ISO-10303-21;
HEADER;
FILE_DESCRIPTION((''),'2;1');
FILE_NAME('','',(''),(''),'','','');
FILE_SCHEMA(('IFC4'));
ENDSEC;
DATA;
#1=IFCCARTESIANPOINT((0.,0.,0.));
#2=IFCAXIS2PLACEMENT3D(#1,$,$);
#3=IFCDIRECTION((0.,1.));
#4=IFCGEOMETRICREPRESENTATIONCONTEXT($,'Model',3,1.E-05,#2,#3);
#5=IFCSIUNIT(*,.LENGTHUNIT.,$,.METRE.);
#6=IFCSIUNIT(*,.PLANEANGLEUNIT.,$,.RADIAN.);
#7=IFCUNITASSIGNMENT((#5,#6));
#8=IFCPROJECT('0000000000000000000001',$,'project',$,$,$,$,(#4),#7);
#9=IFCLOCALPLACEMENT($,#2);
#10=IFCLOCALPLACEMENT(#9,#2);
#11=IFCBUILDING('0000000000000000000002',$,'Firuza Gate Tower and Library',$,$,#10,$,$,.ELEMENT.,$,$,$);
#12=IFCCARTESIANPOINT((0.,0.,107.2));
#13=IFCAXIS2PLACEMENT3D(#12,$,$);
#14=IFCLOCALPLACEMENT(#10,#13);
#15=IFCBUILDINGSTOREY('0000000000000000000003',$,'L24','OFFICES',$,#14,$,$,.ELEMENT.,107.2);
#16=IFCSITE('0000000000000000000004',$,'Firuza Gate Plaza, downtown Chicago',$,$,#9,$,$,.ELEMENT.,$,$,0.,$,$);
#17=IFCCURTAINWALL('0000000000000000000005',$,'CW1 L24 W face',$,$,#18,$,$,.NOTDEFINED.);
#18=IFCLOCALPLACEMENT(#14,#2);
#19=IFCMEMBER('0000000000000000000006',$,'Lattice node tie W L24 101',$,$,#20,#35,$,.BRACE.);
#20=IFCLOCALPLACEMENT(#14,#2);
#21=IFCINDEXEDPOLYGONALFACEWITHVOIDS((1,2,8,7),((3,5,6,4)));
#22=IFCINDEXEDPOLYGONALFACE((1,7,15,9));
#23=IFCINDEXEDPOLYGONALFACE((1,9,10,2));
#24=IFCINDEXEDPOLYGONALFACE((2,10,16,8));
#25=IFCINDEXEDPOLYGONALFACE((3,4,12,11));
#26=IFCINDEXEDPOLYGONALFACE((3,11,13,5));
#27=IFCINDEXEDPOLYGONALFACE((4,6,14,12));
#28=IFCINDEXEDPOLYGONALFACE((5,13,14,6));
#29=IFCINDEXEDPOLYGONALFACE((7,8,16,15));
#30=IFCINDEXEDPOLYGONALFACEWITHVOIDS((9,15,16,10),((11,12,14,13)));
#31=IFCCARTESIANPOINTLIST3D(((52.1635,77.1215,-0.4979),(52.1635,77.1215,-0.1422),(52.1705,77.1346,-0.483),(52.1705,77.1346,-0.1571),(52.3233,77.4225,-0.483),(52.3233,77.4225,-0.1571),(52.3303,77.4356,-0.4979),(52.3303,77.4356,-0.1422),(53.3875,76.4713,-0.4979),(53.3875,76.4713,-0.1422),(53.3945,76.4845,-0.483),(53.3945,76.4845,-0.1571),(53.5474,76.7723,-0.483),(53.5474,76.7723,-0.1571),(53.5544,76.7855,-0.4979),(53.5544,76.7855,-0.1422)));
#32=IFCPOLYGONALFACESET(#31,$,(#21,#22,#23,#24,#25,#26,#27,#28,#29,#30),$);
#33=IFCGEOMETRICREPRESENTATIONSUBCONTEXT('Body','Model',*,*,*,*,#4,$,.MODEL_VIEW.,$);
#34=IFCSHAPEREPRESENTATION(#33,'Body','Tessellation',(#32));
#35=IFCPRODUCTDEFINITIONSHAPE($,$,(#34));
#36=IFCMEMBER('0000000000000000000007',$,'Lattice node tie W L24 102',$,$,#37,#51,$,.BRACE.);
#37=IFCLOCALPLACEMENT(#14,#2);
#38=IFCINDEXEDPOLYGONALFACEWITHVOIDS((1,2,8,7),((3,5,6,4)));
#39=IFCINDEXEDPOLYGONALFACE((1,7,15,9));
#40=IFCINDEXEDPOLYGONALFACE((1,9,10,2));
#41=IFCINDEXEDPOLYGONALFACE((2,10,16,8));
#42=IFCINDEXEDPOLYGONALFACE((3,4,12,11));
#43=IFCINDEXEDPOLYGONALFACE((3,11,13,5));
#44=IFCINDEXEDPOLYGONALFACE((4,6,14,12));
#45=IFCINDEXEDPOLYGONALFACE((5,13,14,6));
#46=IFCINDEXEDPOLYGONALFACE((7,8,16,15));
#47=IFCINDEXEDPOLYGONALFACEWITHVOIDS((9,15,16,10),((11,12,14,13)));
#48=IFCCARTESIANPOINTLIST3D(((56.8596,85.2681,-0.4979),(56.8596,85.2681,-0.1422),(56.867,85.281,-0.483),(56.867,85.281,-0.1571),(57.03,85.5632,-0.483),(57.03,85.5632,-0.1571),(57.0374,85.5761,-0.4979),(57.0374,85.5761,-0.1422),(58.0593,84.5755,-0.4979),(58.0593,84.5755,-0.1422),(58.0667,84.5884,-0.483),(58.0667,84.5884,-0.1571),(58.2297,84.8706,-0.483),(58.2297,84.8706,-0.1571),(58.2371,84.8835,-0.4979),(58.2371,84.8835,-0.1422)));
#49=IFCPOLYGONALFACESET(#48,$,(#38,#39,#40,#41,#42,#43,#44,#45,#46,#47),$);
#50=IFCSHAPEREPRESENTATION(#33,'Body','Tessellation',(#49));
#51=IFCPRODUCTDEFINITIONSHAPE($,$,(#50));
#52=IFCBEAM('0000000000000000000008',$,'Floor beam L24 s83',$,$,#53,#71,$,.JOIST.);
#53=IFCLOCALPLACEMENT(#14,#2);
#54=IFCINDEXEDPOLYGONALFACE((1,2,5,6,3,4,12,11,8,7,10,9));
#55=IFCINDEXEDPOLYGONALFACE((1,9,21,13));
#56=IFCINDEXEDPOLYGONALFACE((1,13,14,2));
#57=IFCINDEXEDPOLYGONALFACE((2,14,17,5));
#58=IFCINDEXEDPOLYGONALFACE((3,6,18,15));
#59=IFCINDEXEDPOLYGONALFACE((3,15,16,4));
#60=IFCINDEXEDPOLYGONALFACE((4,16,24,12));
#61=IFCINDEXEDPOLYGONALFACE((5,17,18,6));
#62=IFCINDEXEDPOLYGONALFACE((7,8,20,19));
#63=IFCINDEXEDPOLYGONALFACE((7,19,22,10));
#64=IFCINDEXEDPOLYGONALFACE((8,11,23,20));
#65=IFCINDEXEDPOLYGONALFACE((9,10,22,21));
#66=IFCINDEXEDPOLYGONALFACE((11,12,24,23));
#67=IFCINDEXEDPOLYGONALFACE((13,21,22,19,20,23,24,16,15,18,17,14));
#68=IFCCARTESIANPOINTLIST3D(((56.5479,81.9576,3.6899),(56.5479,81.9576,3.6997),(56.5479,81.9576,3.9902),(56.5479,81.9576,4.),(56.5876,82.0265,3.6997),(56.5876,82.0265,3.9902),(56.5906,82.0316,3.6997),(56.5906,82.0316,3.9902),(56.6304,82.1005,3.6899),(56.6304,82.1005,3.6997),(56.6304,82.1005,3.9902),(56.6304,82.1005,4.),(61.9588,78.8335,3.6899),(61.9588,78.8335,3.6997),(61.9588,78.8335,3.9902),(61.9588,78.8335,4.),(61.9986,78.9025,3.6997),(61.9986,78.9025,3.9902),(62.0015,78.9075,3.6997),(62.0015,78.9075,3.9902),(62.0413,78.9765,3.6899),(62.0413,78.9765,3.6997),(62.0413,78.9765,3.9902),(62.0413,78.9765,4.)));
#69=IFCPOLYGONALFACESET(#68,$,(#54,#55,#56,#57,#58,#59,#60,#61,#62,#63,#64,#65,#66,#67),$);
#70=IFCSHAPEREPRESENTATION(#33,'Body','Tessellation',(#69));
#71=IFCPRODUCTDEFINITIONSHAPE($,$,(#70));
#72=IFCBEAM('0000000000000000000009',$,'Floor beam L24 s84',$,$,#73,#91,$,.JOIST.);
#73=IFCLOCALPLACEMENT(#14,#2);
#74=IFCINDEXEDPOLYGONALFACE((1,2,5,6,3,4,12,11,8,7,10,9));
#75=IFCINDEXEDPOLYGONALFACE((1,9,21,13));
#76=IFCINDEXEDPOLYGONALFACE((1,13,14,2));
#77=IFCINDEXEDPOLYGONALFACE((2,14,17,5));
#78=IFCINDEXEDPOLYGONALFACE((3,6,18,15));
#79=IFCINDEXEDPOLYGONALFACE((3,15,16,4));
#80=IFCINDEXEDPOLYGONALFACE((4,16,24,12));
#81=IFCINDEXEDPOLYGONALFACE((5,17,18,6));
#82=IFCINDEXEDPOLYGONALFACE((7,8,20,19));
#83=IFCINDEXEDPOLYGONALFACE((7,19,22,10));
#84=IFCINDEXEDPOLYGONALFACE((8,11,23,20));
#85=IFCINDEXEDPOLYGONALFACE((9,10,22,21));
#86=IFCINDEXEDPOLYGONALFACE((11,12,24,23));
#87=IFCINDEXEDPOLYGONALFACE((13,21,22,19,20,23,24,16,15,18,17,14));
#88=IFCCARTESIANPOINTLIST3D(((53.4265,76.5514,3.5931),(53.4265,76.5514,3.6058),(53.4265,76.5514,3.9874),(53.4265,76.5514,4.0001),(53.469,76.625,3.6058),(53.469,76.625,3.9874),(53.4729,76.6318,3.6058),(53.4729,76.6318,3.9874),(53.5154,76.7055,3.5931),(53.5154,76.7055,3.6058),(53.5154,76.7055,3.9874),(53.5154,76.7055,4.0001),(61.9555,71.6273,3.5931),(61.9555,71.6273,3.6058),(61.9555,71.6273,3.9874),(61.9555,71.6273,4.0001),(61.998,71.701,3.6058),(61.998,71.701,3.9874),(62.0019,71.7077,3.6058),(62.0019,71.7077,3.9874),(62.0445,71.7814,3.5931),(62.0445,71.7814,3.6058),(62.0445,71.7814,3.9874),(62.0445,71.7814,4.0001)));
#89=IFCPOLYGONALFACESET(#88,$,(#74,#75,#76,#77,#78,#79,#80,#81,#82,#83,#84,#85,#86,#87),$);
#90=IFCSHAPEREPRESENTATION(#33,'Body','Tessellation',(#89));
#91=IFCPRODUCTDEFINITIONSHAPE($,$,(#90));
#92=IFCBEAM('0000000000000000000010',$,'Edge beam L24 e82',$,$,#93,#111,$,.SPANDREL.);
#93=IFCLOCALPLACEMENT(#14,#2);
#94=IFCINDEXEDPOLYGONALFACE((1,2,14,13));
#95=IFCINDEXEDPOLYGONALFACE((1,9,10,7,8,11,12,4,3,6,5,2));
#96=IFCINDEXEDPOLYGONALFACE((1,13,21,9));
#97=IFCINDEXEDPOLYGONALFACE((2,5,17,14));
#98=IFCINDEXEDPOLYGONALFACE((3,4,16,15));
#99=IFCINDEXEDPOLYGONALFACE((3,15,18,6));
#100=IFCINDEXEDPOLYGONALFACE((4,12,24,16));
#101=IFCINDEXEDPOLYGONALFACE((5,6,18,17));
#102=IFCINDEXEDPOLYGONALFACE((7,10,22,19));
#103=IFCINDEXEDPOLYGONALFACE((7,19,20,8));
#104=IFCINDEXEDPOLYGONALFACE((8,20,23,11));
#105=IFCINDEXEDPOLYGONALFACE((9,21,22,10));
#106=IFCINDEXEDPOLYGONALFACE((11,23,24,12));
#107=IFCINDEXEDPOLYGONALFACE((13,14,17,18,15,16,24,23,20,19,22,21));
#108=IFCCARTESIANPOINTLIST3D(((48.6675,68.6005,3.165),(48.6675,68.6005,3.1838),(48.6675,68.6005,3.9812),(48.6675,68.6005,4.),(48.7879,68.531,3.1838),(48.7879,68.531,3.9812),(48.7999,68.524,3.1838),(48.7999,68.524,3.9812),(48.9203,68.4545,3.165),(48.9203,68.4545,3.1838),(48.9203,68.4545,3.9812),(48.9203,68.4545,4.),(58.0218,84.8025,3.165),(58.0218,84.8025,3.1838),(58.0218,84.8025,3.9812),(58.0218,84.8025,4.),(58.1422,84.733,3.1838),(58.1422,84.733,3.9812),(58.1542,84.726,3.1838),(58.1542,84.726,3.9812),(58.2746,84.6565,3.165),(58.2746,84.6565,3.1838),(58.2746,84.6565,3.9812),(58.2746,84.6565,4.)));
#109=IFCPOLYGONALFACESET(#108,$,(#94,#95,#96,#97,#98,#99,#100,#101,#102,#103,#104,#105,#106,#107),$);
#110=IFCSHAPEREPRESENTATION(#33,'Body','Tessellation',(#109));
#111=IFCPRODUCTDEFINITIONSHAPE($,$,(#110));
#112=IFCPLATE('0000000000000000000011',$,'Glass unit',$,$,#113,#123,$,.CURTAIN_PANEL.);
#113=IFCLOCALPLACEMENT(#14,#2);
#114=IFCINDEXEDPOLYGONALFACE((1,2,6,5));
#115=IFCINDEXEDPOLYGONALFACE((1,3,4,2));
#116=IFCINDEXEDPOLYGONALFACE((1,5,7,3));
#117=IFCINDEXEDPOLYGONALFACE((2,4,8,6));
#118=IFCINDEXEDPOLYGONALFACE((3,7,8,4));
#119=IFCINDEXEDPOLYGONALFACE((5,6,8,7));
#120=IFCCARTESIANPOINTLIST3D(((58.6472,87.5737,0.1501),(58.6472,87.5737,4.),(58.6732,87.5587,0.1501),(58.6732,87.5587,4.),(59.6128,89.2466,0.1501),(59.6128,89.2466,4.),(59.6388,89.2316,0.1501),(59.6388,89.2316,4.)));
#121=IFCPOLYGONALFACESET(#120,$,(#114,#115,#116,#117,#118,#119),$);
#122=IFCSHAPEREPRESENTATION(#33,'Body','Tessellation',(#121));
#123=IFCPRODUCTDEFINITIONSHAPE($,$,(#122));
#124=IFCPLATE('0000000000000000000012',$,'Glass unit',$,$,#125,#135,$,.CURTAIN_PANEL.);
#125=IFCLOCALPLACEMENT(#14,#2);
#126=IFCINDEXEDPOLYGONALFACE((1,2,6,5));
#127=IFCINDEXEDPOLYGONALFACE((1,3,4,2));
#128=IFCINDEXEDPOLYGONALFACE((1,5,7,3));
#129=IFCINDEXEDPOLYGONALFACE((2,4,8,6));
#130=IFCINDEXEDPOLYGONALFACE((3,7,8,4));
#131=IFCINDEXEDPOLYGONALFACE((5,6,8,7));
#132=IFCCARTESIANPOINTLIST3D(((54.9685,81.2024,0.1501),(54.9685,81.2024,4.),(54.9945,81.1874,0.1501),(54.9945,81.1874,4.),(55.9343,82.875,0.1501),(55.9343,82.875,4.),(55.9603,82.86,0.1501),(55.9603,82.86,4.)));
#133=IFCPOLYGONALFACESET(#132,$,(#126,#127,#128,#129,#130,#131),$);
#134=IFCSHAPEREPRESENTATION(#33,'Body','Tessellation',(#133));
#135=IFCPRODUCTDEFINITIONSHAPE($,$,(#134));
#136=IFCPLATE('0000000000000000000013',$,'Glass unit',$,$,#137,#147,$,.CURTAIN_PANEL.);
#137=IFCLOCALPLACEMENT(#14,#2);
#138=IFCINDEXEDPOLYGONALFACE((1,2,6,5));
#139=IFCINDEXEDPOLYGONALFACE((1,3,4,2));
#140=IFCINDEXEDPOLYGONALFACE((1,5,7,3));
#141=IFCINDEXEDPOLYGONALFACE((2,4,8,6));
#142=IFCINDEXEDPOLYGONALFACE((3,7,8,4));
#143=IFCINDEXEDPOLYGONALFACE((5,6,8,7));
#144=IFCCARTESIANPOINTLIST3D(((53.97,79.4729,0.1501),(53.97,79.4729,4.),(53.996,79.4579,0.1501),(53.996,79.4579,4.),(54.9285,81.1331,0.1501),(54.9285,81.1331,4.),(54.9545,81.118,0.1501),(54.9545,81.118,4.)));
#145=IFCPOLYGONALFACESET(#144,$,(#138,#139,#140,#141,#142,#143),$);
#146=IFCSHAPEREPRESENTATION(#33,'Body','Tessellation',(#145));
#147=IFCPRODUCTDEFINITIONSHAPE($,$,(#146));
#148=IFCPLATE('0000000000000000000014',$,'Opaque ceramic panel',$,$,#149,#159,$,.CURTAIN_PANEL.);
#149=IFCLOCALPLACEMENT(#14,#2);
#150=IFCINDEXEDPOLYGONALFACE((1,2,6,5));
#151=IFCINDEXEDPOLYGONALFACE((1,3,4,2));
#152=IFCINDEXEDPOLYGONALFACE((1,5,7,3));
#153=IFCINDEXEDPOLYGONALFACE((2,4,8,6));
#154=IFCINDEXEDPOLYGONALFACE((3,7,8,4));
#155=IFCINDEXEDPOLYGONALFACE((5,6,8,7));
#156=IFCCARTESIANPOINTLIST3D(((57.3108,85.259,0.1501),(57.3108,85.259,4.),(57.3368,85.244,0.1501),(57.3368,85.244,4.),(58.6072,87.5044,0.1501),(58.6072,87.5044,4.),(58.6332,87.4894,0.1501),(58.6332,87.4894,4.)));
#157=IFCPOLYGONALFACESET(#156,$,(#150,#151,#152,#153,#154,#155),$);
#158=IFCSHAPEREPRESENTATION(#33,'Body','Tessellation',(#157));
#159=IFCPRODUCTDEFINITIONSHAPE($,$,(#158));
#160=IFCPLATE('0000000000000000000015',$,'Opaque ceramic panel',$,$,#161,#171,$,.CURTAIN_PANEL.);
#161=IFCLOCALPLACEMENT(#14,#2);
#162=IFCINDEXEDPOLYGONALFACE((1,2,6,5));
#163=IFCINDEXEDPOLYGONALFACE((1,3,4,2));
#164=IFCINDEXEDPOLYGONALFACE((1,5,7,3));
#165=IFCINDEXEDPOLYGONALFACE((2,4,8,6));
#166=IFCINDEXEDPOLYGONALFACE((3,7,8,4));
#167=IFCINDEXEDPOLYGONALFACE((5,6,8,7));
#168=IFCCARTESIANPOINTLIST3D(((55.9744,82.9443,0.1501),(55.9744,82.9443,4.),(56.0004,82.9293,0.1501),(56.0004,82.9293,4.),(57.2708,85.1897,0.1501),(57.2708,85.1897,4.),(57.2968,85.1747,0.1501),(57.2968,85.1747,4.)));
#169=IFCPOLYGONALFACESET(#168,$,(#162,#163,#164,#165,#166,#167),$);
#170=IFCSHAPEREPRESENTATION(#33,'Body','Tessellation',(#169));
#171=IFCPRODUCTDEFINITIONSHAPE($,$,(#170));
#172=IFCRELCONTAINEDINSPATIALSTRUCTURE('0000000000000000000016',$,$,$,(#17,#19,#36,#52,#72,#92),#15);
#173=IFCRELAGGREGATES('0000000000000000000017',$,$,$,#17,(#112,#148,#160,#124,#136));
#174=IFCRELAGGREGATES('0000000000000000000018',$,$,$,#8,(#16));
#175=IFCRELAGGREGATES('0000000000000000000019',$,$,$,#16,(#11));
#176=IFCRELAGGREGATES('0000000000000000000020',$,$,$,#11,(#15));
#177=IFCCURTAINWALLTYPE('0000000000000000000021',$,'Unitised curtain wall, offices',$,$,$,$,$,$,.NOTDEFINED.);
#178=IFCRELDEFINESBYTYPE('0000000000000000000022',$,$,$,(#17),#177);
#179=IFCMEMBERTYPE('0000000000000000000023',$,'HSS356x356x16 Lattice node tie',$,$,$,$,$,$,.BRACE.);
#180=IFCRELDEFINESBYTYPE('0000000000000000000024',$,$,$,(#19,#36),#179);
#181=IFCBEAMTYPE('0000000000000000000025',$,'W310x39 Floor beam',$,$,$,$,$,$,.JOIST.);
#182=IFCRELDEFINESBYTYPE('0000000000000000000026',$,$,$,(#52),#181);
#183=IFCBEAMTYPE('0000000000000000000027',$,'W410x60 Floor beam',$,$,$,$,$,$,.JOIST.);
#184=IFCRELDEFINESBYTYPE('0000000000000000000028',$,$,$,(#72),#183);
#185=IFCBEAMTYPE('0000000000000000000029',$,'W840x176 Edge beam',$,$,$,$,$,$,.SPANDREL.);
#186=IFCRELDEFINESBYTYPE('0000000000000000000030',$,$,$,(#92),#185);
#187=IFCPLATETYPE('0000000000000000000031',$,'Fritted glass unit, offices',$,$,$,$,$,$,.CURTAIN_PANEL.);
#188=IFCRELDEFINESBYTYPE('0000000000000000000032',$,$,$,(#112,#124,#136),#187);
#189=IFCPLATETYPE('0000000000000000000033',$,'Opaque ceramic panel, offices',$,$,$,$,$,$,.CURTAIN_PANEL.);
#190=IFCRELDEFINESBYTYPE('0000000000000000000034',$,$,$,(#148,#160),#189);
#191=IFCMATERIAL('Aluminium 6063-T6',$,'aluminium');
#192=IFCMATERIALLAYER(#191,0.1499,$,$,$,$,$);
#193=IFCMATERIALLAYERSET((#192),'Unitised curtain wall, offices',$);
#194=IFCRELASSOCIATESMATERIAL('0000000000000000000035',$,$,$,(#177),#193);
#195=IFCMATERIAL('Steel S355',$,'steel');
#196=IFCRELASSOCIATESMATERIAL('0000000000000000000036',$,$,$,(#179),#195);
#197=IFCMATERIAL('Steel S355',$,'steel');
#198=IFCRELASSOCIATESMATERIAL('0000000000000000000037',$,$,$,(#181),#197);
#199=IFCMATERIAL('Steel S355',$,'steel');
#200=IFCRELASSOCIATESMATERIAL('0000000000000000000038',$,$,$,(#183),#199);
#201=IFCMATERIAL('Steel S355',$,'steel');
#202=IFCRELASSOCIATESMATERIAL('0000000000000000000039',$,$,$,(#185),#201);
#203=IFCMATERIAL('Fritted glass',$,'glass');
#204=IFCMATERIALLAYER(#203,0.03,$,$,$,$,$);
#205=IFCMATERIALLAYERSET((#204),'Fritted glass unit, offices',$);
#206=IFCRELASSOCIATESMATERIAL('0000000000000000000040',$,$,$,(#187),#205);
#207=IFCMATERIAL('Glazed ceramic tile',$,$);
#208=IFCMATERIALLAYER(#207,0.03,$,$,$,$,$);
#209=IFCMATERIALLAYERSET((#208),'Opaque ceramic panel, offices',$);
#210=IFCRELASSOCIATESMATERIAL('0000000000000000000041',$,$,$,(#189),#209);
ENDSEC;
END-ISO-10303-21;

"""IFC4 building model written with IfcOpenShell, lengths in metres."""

from ifc_helpers import new_model, si_unit, direction, frame, origin, origin_2d, place, context, subcontext, project, spatial, polyline, hollow_rectangle, i_section, outline, extrude, material, layer, layer_set, material_profile, profile_set, type_object, element, aggregate, save


model = new_model("IFC4")

# Units and contexts
model_context = context("Model", 3, precision=1e-05, world=origin(), true_north=direction((0.0, 1.0)))
body_context = subcontext(model_context, "Body", "Model", "MODEL_VIEW")
ifc_project = project(units=[si_unit("LENGTHUNIT", "METRE"), si_unit("PLANEANGLEUNIT", "RADIAN")], contexts=[model_context])

# Site, building, storey
site_placement = place(None, origin())
site = spatial("IfcSite", under=ifc_project, at=site_placement, Name="Firuza Gate Plaza, downtown Chicago", CompositionType="ELEMENT", RefElevation=0.0)
building_placement = place(site_placement, origin())
building = spatial("IfcBuilding", under=site, at=building_placement, Name="Firuza Gate Tower and Library", CompositionType="ELEMENT")
storey_placement = place(building_placement, frame((0.0, 0.0, 107.2)))
storey = spatial("IfcBuildingStorey", under=building, at=storey_placement, Name="L24", Description="OFFICES", CompositionType="ELEMENT", Elevation=107.2)

# Curtain wall
ifc_material_1 = material(Name="Aluminium 6063-T6", Category="aluminium")
ifc_layer_1 = layer(ifc_material_1, 0.1499)
ifc_layer_set_1 = layer_set([ifc_layer_1], Name="Unitised curtain wall, offices")
curtain_wall_type = type_object("IfcCurtainWallType", Name="Unitised curtain wall, offices", PredefinedType="NOTDEFINED", material=ifc_layer_set_1)
curtain_wall_placement = place(storey_placement, origin())
curtain_wall = element("IfcCurtainWall", 1, at=curtain_wall_placement, inside=storey, type_object=curtain_wall_type, Name="CW1 L24 W face", PredefinedType="NOTDEFINED")

# Members
ifc_material_2 = material(Name="Steel S355", Category="steel")
ifc_material_profile_1 = material_profile(ifc_material_2, hollow_rectangle(XDim=0.3557, YDim=0.3557, WallThickness=0.0149, at=origin_2d()))
ifc_profile_set_1 = profile_set([ifc_material_profile_1], Name="Steel S355")
member_type_1 = type_object("IfcMemberType", Name="HSS356x356x16 Lattice node tie", PredefinedType="BRACE", material=ifc_profile_set_1)
member_1_placement = place(storey_placement, frame((53.4709, 76.6284, -0.3201), z_axis=(-0.883166, 0.469061, 0.0), x_axis=(-0.469061, -0.883166, 0.0)))
element("IfcMember", 2, at=member_1_placement, inside=storey, type_object=member_type_1, Name="Lattice node tie W L24 101", PredefinedType="BRACE", context=body_context, shape_type="SweptSolid", body=[
    extrude(hollow_rectangle(XDim=0.3557, YDim=0.3557, WallThickness=0.0149, at=origin_2d()), origin(), (0.0, 0.0, 1.0), 1.386),
])
member_2_placement = place(storey_placement, frame((58.1482, 84.7295, -0.3201), z_axis=(-0.866033, 0.499987, 0.0), x_axis=(-0.499987, -0.866033, 0.0)))
element("IfcMember", 3, at=member_2_placement, inside=storey, type_object=member_type_1, Name="Lattice node tie W L24 102", PredefinedType="BRACE", context=body_context, shape_type="SweptSolid", body=[
    extrude(hollow_rectangle(XDim=0.3557, YDim=0.3557, WallThickness=0.0149, at=origin_2d()), origin(), (0.0, 0.0, 1.0), 1.3853),
])

# Beams
ifc_material_3 = material(Name="Steel S355", Category="steel")
ifc_material_profile_2 = material_profile(ifc_material_3, i_section(OverallWidth=0.165, OverallDepth=0.3101, WebThickness=0.0059, FlangeThickness=0.0098, at=origin_2d()))
ifc_profile_set_2 = profile_set([ifc_material_profile_2], Name="Steel S355")
beam_type_1 = type_object("IfcBeamType", Name="W310x39 Floor beam", PredefinedType="JOIST", material=ifc_profile_set_2)
beam_1_placement = place(storey_placement, frame((56.5891, 82.0291, 3.845), z_axis=(0.866022, -0.500005, 0.0), x_axis=(0.500005, 0.866022, 0.0)))
element("IfcBeam", 4, at=beam_1_placement, inside=storey, type_object=beam_type_1, Name="Floor beam L24 s83", PredefinedType="JOIST", context=body_context, shape_type="SweptSolid", body=[
    extrude(i_section(OverallWidth=0.165, OverallDepth=0.3101, WebThickness=0.0059, FlangeThickness=0.0098, at=origin_2d()), origin(), (0.0, 0.0, 1.0), 6.248),
])
ifc_material_4 = material(Name="Steel S355", Category="steel")
ifc_material_profile_3 = material_profile(ifc_material_4, i_section(OverallWidth=0.178, OverallDepth=0.407, WebThickness=0.0078, FlangeThickness=0.0127, at=origin_2d()))
ifc_profile_set_3 = profile_set([ifc_material_profile_3], Name="Steel S355")
beam_type_2 = type_object("IfcBeamType", Name="W410x60 Floor beam", PredefinedType="JOIST", material=ifc_profile_set_3)
beam_2_placement = place(storey_placement, frame((53.4709, 76.6284, 3.7966), z_axis=(0.866033, -0.499986, 0.0), x_axis=(0.499986, 0.866033, 0.0)))
element("IfcBeam", 5, at=beam_2_placement, inside=storey, type_object=beam_type_2, Name="Floor beam L24 s84", PredefinedType="JOIST", context=body_context, shape_type="SweptSolid", body=[
    extrude(i_section(OverallWidth=0.178, OverallDepth=0.407, WebThickness=0.0078, FlangeThickness=0.0127, at=origin_2d()), origin(), (0.0, 0.0, 1.0), 9.8484),
])
ifc_material_5 = material(Name="Steel S355", Category="steel")
ifc_material_profile_4 = material_profile(ifc_material_5, i_section(OverallWidth=0.292, OverallDepth=0.835, WebThickness=0.0139, FlangeThickness=0.0188, at=origin_2d()))
ifc_profile_set_4 = profile_set([ifc_material_profile_4], Name="Steel S355")
beam_type_3 = type_object("IfcBeamType", Name="W840x176 Edge beam", PredefinedType="SPANDREL", material=ifc_profile_set_4)
beam_3_placement = place(storey_placement, frame((58.1482, 84.7295, 3.5825), z_axis=(-0.500003, -0.866024, 0.0), x_axis=(0.866024, -0.500003, 0.0)))
element("IfcBeam", 6, at=beam_3_placement, inside=storey, type_object=beam_type_3, Name="Edge beam L24 e82", PredefinedType="SPANDREL", context=body_context, shape_type="SweptSolid", body=[
    extrude(i_section(OverallWidth=0.292, OverallDepth=0.835, WebThickness=0.0139, FlangeThickness=0.0188, at=origin_2d()), origin(), (0.0, 0.0, 1.0), 18.7085),
])

# Plates
ifc_material_6 = material(Name="Fritted glass", Category="glass")
ifc_layer_2 = layer(ifc_material_6, 0.03)
ifc_layer_set_2 = layer_set([ifc_layer_2], Name="Fritted glass unit, offices")
plate_type_1 = type_object("IfcPlateType", Name="Fritted glass unit, offices", PredefinedType="CURTAIN_PANEL", material=ifc_layer_set_2)
plate_1_placement = place(storey_placement, frame((59.6128, 89.2466, 0.1501), z_axis=(-0.86608, 0.499905, 0.0), x_axis=(-0.499905, -0.86608, 0.0)))
plate_1 = element("IfcPlate", 7, at=plate_1_placement, type_object=plate_type_1, Name="Glass unit", PredefinedType="CURTAIN_PANEL", context=body_context, shape_type="SweptSolid", body=[
    extrude(outline(polyline([(0.0, 0.0), (1.9315, 0.0), (1.9315, 3.8499), (0.0, 3.8499), (0.0, 0.0)])), origin(), (0.0, 0.0, -1.0), 0.03),
])
plate_2_placement = place(storey_placement, frame((55.9343, 82.875, 0.1501), z_axis=(-0.865994, 0.500054, 0.0), x_axis=(-0.500054, -0.865994, 0.0)))
plate_2 = element("IfcPlate", 8, at=plate_2_placement, type_object=plate_type_1, Name="Glass unit", PredefinedType="CURTAIN_PANEL", context=body_context, shape_type="SweptSolid", body=[
    extrude(outline(polyline([(0.0, 0.0), (1.9314, 0.0), (1.9314, 3.8499), (0.0, 3.8499), (0.0, 0.0)])), origin(), (0.0, 0.0, -1.0), 0.03),
])
plate_3_placement = place(storey_placement, frame((54.9285, 81.1331, 0.1501), z_axis=(-0.866024, 0.500002, 0.0), x_axis=(-0.500002, -0.866024, 0.0)))
plate_3 = element("IfcPlate", 9, at=plate_3_placement, type_object=plate_type_1, Name="Glass unit", PredefinedType="CURTAIN_PANEL", context=body_context, shape_type="SweptSolid", body=[
    extrude(outline(polyline([(0.0, 0.0), (1.917, 0.0), (1.917, 3.8499), (0.0, 3.8499), (0.0, 0.0)])), origin(), (0.0, 0.0, -1.0), 0.03),
])
ifc_material_7 = material(Name="Glazed ceramic tile")
ifc_layer_3 = layer(ifc_material_7, 0.03)
ifc_layer_set_3 = layer_set([ifc_layer_3], Name="Opaque ceramic panel, offices")
plate_type_2 = type_object("IfcPlateType", Name="Opaque ceramic panel, offices", PredefinedType="CURTAIN_PANEL", material=ifc_layer_set_3)
plate_4_placement = place(storey_placement, frame((58.6072, 87.5044, 0.1501), z_axis=(-0.866021, 0.500008, 0.0), x_axis=(-0.500008, -0.866021, 0.0)))
plate_4 = element("IfcPlate", 10, at=plate_4_placement, type_object=plate_type_2, Name="Opaque ceramic panel", PredefinedType="CURTAIN_PANEL", context=body_context, shape_type="SweptSolid", body=[
    extrude(outline(polyline([(0.0, 0.0), (2.5927, 0.0), (2.5927, 3.8499), (0.0, 3.8499), (0.0, 0.0)])), origin(), (0.0, 0.0, -1.0), 0.03),
])
plate_5_placement = place(storey_placement, frame((57.2708, 85.1897, 0.1501), z_axis=(-0.866021, 0.500008, 0.0), x_axis=(-0.500008, -0.866021, 0.0)))
plate_5 = element("IfcPlate", 11, at=plate_5_placement, type_object=plate_type_2, Name="Opaque ceramic panel", PredefinedType="CURTAIN_PANEL", context=body_context, shape_type="SweptSolid", body=[
    extrude(outline(polyline([(0.0, 0.0), (2.5927, 0.0), (2.5927, 3.8499), (0.0, 3.8499), (0.0, 0.0)])), origin(), (0.0, 0.0, -1.0), 0.03),
])
aggregate(curtain_wall, [plate_1, plate_4, plate_5, plate_2, plate_3])

save(model, "model.ifc")
